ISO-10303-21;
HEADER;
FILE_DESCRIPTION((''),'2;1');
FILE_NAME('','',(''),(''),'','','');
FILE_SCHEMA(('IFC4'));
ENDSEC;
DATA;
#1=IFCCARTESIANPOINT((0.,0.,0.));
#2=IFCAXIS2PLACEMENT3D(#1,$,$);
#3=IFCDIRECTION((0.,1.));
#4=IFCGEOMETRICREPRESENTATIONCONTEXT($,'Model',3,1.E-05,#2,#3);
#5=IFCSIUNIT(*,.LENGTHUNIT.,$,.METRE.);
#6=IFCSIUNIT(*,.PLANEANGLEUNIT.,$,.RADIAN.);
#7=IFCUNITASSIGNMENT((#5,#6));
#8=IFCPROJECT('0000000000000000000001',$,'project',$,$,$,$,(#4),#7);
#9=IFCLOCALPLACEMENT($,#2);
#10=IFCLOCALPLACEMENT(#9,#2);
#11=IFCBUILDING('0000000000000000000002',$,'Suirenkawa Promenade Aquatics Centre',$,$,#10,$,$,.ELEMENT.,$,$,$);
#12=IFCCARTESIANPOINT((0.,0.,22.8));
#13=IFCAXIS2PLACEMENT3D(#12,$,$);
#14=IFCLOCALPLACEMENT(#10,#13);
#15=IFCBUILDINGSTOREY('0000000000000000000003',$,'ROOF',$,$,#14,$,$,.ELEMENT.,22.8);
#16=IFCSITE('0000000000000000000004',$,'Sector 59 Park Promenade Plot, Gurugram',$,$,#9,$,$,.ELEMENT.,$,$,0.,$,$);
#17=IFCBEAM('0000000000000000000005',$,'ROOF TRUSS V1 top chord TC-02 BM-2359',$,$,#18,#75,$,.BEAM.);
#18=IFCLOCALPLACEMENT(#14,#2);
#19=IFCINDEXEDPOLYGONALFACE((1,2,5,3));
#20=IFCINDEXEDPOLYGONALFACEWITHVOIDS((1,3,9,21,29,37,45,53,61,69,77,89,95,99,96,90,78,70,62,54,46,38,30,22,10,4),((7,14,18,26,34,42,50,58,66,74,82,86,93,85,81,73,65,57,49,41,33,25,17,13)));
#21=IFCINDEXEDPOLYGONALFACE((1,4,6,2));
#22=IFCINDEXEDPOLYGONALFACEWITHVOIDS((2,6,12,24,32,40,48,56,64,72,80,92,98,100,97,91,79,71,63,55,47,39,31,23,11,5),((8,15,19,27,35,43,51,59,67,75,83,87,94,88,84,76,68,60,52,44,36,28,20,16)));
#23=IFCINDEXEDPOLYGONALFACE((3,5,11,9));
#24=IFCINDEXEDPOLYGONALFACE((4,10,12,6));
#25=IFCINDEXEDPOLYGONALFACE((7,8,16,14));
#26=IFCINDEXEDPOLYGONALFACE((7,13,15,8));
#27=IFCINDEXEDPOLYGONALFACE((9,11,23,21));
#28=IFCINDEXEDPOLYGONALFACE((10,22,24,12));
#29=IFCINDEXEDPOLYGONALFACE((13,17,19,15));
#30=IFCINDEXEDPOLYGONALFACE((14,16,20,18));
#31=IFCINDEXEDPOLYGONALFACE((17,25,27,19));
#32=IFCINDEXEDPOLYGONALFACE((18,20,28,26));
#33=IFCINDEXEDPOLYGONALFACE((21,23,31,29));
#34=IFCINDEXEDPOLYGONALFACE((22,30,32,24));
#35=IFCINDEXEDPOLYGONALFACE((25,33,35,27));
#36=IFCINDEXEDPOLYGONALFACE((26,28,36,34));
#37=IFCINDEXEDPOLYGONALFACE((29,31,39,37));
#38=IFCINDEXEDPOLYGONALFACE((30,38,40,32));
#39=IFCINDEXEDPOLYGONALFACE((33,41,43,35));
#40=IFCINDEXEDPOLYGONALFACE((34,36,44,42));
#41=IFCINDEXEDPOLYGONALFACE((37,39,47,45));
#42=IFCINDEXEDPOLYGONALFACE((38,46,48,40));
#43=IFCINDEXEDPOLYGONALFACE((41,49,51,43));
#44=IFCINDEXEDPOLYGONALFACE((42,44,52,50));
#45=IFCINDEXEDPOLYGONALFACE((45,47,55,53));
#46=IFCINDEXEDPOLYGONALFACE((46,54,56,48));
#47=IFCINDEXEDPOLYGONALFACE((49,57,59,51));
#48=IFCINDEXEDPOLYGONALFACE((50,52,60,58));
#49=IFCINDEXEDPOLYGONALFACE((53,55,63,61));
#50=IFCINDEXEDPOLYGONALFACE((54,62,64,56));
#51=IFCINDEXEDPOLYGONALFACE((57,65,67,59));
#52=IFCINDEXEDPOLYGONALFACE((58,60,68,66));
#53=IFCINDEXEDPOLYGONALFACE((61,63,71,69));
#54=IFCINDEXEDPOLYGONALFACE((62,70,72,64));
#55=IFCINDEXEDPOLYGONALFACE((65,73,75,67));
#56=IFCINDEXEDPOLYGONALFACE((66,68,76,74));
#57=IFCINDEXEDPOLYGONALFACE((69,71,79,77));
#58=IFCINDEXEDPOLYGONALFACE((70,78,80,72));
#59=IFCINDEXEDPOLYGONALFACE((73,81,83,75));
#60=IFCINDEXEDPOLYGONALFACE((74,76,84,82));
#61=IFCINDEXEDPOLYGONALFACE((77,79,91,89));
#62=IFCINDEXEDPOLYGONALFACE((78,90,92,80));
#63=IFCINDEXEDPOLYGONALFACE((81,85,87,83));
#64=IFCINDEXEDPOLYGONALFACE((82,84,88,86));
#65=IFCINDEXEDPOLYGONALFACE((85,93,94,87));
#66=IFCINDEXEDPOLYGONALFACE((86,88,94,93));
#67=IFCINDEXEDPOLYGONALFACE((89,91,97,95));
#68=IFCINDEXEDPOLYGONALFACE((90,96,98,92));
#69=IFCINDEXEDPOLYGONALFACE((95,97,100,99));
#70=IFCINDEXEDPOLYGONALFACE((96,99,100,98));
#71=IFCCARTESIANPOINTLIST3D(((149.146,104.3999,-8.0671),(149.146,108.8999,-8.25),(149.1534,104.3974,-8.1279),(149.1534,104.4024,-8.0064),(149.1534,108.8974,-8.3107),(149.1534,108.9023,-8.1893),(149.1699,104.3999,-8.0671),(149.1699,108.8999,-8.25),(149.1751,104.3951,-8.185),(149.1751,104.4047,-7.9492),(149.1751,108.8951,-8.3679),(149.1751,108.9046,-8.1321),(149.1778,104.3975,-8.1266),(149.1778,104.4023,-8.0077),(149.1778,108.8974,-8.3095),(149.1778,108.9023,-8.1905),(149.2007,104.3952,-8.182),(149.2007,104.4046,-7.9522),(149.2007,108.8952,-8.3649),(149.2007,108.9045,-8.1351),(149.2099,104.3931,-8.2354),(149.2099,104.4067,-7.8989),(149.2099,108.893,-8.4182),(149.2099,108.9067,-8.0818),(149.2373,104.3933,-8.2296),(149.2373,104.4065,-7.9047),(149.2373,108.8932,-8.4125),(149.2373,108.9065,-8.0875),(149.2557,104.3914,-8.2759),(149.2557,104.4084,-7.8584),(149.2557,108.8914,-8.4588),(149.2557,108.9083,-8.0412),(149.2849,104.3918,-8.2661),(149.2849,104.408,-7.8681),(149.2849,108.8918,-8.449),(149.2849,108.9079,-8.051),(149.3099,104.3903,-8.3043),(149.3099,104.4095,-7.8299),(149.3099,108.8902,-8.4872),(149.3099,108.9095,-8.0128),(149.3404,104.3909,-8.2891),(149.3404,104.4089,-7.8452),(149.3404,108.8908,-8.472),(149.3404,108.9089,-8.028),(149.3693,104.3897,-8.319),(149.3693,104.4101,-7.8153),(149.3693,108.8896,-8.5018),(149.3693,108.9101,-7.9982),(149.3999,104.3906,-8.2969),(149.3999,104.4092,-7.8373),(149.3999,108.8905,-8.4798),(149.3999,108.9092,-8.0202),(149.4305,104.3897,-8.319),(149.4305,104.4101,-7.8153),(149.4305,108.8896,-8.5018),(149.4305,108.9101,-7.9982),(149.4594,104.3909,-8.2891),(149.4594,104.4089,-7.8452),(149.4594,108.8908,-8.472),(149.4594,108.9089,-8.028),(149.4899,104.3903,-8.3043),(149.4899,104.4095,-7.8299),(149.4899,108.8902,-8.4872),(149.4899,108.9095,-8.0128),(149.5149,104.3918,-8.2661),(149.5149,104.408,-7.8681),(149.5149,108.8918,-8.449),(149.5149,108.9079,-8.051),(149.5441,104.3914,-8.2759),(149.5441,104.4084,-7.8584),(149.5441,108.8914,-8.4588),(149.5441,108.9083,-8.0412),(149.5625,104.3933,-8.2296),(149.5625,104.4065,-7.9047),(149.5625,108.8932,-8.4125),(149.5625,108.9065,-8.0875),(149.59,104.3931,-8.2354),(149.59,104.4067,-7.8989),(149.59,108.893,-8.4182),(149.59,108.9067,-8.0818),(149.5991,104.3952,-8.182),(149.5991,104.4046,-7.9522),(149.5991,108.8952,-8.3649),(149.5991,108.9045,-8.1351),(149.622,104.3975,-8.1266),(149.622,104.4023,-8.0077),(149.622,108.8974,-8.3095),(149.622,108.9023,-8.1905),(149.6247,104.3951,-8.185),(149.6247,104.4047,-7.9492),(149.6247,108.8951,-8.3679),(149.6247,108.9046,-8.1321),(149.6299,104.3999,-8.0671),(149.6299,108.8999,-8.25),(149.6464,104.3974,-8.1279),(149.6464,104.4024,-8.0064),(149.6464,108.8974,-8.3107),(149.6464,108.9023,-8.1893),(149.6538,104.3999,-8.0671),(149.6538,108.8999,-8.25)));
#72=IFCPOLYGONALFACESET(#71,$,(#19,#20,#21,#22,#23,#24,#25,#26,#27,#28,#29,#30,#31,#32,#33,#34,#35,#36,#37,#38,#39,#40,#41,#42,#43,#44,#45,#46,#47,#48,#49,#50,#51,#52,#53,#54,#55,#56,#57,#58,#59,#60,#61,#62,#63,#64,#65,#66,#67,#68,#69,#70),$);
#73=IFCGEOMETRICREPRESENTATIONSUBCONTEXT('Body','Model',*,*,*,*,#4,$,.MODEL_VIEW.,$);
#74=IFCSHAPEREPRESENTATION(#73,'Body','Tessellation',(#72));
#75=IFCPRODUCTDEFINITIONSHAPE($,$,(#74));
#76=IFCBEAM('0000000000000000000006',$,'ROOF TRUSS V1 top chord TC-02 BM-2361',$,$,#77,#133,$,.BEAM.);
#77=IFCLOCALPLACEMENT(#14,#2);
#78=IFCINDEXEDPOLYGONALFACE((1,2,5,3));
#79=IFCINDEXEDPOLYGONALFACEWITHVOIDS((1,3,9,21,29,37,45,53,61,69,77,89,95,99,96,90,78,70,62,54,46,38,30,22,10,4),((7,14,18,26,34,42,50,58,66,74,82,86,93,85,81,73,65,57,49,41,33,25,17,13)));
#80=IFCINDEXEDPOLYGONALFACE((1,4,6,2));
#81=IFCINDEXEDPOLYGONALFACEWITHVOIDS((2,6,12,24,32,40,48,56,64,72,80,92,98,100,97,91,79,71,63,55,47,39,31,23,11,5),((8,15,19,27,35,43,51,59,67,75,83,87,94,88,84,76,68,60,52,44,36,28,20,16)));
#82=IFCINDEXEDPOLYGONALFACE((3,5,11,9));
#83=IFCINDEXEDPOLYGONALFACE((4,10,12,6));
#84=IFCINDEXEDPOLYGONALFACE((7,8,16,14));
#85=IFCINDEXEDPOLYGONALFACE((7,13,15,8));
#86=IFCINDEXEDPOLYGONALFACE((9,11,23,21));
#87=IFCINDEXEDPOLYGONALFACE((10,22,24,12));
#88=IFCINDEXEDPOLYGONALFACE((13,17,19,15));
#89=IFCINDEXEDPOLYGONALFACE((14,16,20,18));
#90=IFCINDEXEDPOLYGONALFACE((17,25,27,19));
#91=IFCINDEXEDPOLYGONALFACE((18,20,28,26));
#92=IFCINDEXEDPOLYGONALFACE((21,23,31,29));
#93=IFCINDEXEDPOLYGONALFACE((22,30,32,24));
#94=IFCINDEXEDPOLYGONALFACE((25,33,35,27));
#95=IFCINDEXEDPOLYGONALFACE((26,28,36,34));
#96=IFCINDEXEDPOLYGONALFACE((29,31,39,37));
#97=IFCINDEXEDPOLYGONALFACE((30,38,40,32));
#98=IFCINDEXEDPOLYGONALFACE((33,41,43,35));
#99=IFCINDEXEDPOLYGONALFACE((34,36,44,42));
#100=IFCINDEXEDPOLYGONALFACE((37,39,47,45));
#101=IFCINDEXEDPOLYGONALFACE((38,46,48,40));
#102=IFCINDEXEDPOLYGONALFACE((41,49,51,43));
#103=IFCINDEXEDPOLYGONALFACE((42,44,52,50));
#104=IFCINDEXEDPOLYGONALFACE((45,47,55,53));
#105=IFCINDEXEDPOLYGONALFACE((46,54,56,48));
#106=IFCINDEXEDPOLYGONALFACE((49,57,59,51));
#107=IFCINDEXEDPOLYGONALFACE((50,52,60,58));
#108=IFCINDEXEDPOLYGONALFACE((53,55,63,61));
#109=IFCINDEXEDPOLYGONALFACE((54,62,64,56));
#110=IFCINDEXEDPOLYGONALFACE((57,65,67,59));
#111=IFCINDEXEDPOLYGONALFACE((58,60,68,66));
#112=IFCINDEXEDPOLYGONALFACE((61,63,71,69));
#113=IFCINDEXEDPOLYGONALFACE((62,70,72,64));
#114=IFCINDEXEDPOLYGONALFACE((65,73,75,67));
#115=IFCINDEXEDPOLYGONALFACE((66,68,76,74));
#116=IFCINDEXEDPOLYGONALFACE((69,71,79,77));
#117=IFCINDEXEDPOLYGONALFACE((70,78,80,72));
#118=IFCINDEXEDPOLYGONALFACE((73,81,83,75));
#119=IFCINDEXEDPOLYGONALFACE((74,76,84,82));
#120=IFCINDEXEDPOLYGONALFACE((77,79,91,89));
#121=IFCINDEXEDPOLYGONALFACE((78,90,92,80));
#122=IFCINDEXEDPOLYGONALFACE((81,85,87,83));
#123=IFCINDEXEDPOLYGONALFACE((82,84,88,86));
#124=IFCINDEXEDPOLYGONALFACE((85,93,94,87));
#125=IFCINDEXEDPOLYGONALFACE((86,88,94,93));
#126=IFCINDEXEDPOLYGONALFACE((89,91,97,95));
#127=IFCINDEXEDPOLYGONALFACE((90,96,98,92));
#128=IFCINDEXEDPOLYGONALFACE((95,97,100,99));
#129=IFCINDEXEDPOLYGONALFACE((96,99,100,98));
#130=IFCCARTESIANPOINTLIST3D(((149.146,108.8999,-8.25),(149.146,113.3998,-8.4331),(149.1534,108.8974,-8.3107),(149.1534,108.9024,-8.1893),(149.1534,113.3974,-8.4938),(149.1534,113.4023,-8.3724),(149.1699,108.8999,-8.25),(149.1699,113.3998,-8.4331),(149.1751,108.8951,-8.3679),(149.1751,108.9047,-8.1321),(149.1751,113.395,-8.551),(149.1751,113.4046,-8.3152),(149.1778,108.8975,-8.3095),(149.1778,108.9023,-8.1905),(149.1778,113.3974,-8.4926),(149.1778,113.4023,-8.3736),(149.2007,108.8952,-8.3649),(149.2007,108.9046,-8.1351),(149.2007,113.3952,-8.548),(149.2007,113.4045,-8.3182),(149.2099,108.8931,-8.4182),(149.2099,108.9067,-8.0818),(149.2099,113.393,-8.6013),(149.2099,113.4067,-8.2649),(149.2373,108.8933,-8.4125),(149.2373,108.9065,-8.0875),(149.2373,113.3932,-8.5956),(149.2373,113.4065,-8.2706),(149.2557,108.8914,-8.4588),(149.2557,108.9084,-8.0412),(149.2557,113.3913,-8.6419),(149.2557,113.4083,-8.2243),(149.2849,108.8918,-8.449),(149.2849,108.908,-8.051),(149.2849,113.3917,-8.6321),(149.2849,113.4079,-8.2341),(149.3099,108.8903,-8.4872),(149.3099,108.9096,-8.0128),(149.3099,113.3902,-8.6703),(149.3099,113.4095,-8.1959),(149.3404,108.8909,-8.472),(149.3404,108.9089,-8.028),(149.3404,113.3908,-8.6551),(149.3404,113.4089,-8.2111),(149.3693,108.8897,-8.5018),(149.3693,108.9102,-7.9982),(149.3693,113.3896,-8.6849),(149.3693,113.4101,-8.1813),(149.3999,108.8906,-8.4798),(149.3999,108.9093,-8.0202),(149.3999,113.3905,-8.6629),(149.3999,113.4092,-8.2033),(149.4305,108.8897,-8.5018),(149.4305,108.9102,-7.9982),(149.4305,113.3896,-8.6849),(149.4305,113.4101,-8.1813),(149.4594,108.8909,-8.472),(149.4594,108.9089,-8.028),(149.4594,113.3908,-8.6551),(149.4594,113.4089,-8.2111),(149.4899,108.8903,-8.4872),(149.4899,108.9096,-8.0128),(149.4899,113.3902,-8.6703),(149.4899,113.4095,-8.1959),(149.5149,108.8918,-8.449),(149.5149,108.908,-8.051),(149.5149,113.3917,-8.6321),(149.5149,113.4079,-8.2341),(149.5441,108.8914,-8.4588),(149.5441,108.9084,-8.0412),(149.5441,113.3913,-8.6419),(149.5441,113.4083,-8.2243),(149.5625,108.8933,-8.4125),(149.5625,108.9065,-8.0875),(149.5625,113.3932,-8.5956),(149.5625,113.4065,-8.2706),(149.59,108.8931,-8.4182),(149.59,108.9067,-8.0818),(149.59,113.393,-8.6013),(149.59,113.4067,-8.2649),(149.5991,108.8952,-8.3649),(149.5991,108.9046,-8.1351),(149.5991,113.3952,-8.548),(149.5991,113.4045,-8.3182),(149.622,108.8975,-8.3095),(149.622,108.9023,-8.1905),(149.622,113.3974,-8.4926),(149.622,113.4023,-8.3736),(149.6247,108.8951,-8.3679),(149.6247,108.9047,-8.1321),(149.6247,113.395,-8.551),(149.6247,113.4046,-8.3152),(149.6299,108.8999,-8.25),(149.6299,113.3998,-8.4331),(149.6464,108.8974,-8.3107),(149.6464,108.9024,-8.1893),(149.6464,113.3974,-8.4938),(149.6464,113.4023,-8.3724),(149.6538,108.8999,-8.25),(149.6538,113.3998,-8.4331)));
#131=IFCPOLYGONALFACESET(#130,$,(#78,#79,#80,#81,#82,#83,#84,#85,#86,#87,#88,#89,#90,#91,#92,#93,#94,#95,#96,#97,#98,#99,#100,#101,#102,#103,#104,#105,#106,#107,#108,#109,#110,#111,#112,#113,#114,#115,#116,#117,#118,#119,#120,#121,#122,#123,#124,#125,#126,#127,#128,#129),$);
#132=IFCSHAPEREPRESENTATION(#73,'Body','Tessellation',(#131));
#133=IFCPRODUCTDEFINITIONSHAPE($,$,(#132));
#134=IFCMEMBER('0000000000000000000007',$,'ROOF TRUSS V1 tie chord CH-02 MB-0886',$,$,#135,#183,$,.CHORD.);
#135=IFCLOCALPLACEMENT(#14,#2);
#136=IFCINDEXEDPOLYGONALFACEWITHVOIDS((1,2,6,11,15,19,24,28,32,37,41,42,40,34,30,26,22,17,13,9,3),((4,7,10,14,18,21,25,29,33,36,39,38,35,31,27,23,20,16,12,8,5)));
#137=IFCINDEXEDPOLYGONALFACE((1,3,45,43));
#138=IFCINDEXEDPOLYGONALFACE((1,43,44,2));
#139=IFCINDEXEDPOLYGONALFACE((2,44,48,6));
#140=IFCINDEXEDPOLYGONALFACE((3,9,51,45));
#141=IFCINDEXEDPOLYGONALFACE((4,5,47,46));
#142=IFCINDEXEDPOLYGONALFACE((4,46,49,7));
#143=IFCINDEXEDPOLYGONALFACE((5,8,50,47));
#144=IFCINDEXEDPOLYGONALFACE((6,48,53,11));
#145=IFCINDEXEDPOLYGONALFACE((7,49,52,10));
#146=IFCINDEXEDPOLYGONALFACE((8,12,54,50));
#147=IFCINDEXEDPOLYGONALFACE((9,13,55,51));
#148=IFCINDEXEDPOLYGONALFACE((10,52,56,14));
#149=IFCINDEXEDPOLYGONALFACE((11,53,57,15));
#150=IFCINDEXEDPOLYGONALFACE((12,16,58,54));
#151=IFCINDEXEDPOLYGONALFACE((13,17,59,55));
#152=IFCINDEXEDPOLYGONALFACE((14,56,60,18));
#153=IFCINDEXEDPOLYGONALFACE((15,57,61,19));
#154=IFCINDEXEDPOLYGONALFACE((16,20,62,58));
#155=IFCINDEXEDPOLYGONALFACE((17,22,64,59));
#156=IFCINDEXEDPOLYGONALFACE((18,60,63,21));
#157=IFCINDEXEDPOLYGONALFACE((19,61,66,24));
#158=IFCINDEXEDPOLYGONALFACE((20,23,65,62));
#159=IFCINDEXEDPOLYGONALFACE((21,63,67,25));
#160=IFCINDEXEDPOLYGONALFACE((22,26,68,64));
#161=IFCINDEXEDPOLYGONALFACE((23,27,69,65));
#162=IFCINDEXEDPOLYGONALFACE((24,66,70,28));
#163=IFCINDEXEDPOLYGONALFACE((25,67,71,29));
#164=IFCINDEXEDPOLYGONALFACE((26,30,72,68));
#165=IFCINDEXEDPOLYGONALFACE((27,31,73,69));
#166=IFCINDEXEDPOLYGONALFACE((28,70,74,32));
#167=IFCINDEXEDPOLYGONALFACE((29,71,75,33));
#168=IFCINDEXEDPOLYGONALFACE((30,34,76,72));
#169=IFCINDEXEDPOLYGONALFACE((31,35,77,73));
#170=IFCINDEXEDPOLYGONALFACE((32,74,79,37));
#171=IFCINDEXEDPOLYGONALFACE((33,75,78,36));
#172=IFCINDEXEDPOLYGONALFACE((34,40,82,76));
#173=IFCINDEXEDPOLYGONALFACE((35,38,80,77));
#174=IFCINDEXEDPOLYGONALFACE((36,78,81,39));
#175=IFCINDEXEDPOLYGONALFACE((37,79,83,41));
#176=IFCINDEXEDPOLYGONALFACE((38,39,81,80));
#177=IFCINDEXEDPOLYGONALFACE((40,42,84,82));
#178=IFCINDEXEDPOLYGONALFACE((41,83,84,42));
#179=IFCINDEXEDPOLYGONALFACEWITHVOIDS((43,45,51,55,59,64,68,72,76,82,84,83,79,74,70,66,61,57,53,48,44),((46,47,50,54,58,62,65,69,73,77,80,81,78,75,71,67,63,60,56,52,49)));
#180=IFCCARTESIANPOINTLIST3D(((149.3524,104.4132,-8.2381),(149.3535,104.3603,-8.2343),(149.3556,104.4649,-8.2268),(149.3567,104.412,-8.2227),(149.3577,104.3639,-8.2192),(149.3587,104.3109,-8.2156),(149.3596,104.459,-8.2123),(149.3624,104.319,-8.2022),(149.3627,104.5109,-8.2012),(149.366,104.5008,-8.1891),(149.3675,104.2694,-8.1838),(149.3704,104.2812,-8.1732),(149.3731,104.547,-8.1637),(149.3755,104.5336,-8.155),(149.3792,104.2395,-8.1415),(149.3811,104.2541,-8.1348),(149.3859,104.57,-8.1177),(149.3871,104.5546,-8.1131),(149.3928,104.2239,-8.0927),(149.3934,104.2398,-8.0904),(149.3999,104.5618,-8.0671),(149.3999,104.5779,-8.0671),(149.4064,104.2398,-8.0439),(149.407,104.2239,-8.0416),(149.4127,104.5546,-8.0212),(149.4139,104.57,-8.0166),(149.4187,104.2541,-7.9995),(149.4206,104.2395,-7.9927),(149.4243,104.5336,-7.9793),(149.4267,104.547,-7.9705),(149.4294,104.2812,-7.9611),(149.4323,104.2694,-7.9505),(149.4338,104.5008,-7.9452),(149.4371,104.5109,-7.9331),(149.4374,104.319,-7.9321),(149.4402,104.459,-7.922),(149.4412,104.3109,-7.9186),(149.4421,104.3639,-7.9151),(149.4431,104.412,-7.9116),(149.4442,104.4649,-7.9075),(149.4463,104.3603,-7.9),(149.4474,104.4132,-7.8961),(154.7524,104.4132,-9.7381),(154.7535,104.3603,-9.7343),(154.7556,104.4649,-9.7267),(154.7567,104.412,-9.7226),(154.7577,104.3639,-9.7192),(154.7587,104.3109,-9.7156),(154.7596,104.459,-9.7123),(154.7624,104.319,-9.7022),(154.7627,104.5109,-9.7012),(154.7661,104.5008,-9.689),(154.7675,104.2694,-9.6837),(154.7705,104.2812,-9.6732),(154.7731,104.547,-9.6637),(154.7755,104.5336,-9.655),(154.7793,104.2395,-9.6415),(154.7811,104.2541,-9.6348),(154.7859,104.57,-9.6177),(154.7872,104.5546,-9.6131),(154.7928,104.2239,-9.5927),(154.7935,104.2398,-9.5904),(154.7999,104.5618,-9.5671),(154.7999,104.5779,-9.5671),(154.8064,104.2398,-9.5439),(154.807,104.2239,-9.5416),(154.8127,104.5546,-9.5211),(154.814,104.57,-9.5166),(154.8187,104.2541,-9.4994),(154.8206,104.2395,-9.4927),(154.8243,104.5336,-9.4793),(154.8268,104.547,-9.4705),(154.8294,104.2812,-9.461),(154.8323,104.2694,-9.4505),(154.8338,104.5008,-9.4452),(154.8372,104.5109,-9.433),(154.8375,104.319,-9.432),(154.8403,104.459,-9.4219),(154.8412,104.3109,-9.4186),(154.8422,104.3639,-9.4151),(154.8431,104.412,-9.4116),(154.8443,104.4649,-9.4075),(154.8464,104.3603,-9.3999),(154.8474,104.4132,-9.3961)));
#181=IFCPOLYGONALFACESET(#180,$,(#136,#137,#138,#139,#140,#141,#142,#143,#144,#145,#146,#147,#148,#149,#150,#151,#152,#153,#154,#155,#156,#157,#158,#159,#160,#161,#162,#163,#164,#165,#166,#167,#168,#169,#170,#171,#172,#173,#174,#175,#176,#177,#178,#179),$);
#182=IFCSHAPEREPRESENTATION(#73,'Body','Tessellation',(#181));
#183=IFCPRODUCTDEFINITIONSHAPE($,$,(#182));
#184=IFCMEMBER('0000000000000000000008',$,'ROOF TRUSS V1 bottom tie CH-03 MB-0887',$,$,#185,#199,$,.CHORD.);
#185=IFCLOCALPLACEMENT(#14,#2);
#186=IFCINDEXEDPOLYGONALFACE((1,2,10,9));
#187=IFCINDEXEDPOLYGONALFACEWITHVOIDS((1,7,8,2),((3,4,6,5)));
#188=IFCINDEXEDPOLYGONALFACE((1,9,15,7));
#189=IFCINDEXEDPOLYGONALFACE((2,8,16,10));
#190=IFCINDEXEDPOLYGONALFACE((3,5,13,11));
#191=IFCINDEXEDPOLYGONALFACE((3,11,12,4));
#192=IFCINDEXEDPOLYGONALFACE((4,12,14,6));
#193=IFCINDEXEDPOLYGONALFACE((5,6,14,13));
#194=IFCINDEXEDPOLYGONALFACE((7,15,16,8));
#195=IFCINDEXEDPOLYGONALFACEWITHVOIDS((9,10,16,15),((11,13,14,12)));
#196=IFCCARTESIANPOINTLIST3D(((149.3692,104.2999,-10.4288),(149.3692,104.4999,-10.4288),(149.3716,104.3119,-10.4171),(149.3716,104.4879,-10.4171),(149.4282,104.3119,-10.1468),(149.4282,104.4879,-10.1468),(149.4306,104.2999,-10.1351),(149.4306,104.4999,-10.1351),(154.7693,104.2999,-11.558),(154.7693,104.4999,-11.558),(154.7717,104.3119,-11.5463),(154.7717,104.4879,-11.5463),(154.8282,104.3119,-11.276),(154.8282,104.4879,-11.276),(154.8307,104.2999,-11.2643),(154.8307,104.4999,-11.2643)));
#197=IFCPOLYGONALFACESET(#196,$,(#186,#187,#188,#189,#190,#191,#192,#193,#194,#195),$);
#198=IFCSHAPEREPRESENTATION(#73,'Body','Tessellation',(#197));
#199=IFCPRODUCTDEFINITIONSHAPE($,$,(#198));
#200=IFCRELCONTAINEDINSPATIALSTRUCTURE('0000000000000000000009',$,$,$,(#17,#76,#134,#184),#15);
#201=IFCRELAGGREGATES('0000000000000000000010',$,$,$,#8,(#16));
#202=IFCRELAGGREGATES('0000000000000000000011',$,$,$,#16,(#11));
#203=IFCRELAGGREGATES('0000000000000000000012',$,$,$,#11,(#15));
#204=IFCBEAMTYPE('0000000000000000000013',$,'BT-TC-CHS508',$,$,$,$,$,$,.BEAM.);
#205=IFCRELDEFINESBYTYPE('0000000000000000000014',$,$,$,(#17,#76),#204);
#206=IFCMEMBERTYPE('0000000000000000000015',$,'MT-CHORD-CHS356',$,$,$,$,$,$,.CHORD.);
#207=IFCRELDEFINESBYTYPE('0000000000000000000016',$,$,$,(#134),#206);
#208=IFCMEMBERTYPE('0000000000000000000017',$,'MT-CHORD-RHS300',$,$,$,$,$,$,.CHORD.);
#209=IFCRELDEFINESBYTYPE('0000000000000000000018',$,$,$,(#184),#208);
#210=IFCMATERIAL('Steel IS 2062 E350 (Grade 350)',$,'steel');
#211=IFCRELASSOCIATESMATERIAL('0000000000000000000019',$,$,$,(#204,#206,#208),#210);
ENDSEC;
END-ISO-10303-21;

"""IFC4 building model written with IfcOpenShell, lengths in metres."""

from ifc_helpers import new_model, si_unit, direction, frame, origin, origin_2d, place, context, subcontext, project, spatial, hollow_rectangle, hollow_circle, extrude, material, material_profile, profile_set, type_object, element, save


model = new_model("IFC4")

# Units and contexts
model_context = context("Model", 3, precision=1e-05, world=origin(), true_north=direction((0.0, 1.0)))
body_context = subcontext(model_context, "Body", "Model", "MODEL_VIEW")
ifc_project = project(units=[si_unit("LENGTHUNIT", "METRE"), si_unit("PLANEANGLEUNIT", "RADIAN")], contexts=[model_context])

# Site, building, storey
site_placement = place(None, origin())
site = spatial("IfcSite", under=ifc_project, at=site_placement, Name="Sector 59 Park Promenade Plot, Gurugram", CompositionType="ELEMENT", RefElevation=0.0)
building_placement = place(site_placement, origin())
building = spatial("IfcBuilding", under=site, at=building_placement, Name="Suirenkawa Promenade Aquatics Centre", CompositionType="ELEMENT")
storey_placement = place(building_placement, frame((0.0, 0.0, 22.8)))
storey = spatial("IfcBuildingStorey", under=building, at=storey_placement, Name="ROOF", CompositionType="ELEMENT", Elevation=22.8)

# Beams
ifc_material = material(Name="Steel IS 2062 E350 (Grade 350)", Category="steel")
ifc_material_profile_1 = material_profile(ifc_material, hollow_circle(Radius=0.2539, WallThickness=0.0239, at=origin_2d()), Name="CHS 508x24", Category="steel")
ifc_profile_set_1 = profile_set([ifc_material_profile_1], Name="Steel IS 2062 E350 (Grade 350)")
beam_type_1 = type_object("IfcBeamType", Name="BT-TC-CHS508", PredefinedType="BEAM", material=ifc_profile_set_1)
for number, where, z_axis, x_axis, name in (
    (1, (149.3999, 104.3999, -8.0671), (0.0, 0.999175, -0.040602), (-1.0, 0.0, 0.0), "ROOF TRUSS V1 top chord TC-02 BM-2359"),
    (2, (149.3999, 108.8999, -8.25), (0.0, 0.999173, -0.040656), (-1.0, 0.0, 0.0), "ROOF TRUSS V1 top chord TC-02 BM-2361"),
):
    element("IfcBeam", number, at=place(storey_placement, frame(where, z_axis=z_axis, x_axis=x_axis)), inside=storey, type_object=beam_type_1, Name=name, PredefinedType="BEAM", context=body_context, shape_type="SweptSolid", body=[
        extrude(hollow_circle(Radius=0.2539, WallThickness=0.0239, at=origin_2d()), origin(), (0.0, 0.0, 1.0), 4.5037),
    ])

# Members
ifc_material_profile_2 = material_profile(ifc_material, hollow_circle(Radius=0.178, WallThickness=0.0161, at=origin_2d()), Name="CHS 356x16", Category="steel")
ifc_profile_set_2 = profile_set([ifc_material_profile_2], Name="Steel IS 2062 E350 (Grade 350)")
member_type_1 = type_object("IfcMemberType", Name="MT-CHORD-CHS356", PredefinedType="CHORD", material=ifc_profile_set_2)
member_1_placement = place(storey_placement, frame((149.3999, 104.3999, -8.0671), z_axis=(0.96352, 0.0, -0.267637), x_axis=(0.0, 1.0, 0.0)))
element("IfcMember", 3, at=member_1_placement, inside=storey, type_object=member_type_1, Name="ROOF TRUSS V1 tie chord CH-02 MB-0886", PredefinedType="CHORD", context=body_context, shape_type="SweptSolid", body=[
    extrude(hollow_circle(Radius=0.178, WallThickness=0.0161, at=origin_2d()), origin(), (0.0, 0.0, 1.0), 5.6045),
])
ifc_material_profile_3 = material_profile(ifc_material, hollow_rectangle(XDim=0.2, YDim=0.3, WallThickness=0.012, at=origin_2d()), Name="RHS 300x200x12", Category="steel")
ifc_profile_set_3 = profile_set([ifc_material_profile_3], Name="Steel IS 2062 E350 (Grade 350)")
member_type_2 = type_object("IfcMemberType", Name="MT-CHORD-RHS300", PredefinedType="CHORD", material=ifc_profile_set_3)
member_2_placement = place(storey_placement, frame((149.3999, 104.3999, -10.282), z_axis=(0.978831, 0.0, -0.20467), x_axis=(0.0, 1.0, 0.0)))
element("IfcMember", 4, at=member_2_placement, inside=storey, type_object=member_type_2, Name="ROOF TRUSS V1 bottom tie CH-03 MB-0887", PredefinedType="CHORD", context=body_context, shape_type="SweptSolid", body=[
    extrude(hollow_rectangle(XDim=0.2, YDim=0.3, WallThickness=0.012, at=origin_2d()), origin(), (0.0, 0.0, 1.0), 5.5168),
])

save(model, "model.ifc")
